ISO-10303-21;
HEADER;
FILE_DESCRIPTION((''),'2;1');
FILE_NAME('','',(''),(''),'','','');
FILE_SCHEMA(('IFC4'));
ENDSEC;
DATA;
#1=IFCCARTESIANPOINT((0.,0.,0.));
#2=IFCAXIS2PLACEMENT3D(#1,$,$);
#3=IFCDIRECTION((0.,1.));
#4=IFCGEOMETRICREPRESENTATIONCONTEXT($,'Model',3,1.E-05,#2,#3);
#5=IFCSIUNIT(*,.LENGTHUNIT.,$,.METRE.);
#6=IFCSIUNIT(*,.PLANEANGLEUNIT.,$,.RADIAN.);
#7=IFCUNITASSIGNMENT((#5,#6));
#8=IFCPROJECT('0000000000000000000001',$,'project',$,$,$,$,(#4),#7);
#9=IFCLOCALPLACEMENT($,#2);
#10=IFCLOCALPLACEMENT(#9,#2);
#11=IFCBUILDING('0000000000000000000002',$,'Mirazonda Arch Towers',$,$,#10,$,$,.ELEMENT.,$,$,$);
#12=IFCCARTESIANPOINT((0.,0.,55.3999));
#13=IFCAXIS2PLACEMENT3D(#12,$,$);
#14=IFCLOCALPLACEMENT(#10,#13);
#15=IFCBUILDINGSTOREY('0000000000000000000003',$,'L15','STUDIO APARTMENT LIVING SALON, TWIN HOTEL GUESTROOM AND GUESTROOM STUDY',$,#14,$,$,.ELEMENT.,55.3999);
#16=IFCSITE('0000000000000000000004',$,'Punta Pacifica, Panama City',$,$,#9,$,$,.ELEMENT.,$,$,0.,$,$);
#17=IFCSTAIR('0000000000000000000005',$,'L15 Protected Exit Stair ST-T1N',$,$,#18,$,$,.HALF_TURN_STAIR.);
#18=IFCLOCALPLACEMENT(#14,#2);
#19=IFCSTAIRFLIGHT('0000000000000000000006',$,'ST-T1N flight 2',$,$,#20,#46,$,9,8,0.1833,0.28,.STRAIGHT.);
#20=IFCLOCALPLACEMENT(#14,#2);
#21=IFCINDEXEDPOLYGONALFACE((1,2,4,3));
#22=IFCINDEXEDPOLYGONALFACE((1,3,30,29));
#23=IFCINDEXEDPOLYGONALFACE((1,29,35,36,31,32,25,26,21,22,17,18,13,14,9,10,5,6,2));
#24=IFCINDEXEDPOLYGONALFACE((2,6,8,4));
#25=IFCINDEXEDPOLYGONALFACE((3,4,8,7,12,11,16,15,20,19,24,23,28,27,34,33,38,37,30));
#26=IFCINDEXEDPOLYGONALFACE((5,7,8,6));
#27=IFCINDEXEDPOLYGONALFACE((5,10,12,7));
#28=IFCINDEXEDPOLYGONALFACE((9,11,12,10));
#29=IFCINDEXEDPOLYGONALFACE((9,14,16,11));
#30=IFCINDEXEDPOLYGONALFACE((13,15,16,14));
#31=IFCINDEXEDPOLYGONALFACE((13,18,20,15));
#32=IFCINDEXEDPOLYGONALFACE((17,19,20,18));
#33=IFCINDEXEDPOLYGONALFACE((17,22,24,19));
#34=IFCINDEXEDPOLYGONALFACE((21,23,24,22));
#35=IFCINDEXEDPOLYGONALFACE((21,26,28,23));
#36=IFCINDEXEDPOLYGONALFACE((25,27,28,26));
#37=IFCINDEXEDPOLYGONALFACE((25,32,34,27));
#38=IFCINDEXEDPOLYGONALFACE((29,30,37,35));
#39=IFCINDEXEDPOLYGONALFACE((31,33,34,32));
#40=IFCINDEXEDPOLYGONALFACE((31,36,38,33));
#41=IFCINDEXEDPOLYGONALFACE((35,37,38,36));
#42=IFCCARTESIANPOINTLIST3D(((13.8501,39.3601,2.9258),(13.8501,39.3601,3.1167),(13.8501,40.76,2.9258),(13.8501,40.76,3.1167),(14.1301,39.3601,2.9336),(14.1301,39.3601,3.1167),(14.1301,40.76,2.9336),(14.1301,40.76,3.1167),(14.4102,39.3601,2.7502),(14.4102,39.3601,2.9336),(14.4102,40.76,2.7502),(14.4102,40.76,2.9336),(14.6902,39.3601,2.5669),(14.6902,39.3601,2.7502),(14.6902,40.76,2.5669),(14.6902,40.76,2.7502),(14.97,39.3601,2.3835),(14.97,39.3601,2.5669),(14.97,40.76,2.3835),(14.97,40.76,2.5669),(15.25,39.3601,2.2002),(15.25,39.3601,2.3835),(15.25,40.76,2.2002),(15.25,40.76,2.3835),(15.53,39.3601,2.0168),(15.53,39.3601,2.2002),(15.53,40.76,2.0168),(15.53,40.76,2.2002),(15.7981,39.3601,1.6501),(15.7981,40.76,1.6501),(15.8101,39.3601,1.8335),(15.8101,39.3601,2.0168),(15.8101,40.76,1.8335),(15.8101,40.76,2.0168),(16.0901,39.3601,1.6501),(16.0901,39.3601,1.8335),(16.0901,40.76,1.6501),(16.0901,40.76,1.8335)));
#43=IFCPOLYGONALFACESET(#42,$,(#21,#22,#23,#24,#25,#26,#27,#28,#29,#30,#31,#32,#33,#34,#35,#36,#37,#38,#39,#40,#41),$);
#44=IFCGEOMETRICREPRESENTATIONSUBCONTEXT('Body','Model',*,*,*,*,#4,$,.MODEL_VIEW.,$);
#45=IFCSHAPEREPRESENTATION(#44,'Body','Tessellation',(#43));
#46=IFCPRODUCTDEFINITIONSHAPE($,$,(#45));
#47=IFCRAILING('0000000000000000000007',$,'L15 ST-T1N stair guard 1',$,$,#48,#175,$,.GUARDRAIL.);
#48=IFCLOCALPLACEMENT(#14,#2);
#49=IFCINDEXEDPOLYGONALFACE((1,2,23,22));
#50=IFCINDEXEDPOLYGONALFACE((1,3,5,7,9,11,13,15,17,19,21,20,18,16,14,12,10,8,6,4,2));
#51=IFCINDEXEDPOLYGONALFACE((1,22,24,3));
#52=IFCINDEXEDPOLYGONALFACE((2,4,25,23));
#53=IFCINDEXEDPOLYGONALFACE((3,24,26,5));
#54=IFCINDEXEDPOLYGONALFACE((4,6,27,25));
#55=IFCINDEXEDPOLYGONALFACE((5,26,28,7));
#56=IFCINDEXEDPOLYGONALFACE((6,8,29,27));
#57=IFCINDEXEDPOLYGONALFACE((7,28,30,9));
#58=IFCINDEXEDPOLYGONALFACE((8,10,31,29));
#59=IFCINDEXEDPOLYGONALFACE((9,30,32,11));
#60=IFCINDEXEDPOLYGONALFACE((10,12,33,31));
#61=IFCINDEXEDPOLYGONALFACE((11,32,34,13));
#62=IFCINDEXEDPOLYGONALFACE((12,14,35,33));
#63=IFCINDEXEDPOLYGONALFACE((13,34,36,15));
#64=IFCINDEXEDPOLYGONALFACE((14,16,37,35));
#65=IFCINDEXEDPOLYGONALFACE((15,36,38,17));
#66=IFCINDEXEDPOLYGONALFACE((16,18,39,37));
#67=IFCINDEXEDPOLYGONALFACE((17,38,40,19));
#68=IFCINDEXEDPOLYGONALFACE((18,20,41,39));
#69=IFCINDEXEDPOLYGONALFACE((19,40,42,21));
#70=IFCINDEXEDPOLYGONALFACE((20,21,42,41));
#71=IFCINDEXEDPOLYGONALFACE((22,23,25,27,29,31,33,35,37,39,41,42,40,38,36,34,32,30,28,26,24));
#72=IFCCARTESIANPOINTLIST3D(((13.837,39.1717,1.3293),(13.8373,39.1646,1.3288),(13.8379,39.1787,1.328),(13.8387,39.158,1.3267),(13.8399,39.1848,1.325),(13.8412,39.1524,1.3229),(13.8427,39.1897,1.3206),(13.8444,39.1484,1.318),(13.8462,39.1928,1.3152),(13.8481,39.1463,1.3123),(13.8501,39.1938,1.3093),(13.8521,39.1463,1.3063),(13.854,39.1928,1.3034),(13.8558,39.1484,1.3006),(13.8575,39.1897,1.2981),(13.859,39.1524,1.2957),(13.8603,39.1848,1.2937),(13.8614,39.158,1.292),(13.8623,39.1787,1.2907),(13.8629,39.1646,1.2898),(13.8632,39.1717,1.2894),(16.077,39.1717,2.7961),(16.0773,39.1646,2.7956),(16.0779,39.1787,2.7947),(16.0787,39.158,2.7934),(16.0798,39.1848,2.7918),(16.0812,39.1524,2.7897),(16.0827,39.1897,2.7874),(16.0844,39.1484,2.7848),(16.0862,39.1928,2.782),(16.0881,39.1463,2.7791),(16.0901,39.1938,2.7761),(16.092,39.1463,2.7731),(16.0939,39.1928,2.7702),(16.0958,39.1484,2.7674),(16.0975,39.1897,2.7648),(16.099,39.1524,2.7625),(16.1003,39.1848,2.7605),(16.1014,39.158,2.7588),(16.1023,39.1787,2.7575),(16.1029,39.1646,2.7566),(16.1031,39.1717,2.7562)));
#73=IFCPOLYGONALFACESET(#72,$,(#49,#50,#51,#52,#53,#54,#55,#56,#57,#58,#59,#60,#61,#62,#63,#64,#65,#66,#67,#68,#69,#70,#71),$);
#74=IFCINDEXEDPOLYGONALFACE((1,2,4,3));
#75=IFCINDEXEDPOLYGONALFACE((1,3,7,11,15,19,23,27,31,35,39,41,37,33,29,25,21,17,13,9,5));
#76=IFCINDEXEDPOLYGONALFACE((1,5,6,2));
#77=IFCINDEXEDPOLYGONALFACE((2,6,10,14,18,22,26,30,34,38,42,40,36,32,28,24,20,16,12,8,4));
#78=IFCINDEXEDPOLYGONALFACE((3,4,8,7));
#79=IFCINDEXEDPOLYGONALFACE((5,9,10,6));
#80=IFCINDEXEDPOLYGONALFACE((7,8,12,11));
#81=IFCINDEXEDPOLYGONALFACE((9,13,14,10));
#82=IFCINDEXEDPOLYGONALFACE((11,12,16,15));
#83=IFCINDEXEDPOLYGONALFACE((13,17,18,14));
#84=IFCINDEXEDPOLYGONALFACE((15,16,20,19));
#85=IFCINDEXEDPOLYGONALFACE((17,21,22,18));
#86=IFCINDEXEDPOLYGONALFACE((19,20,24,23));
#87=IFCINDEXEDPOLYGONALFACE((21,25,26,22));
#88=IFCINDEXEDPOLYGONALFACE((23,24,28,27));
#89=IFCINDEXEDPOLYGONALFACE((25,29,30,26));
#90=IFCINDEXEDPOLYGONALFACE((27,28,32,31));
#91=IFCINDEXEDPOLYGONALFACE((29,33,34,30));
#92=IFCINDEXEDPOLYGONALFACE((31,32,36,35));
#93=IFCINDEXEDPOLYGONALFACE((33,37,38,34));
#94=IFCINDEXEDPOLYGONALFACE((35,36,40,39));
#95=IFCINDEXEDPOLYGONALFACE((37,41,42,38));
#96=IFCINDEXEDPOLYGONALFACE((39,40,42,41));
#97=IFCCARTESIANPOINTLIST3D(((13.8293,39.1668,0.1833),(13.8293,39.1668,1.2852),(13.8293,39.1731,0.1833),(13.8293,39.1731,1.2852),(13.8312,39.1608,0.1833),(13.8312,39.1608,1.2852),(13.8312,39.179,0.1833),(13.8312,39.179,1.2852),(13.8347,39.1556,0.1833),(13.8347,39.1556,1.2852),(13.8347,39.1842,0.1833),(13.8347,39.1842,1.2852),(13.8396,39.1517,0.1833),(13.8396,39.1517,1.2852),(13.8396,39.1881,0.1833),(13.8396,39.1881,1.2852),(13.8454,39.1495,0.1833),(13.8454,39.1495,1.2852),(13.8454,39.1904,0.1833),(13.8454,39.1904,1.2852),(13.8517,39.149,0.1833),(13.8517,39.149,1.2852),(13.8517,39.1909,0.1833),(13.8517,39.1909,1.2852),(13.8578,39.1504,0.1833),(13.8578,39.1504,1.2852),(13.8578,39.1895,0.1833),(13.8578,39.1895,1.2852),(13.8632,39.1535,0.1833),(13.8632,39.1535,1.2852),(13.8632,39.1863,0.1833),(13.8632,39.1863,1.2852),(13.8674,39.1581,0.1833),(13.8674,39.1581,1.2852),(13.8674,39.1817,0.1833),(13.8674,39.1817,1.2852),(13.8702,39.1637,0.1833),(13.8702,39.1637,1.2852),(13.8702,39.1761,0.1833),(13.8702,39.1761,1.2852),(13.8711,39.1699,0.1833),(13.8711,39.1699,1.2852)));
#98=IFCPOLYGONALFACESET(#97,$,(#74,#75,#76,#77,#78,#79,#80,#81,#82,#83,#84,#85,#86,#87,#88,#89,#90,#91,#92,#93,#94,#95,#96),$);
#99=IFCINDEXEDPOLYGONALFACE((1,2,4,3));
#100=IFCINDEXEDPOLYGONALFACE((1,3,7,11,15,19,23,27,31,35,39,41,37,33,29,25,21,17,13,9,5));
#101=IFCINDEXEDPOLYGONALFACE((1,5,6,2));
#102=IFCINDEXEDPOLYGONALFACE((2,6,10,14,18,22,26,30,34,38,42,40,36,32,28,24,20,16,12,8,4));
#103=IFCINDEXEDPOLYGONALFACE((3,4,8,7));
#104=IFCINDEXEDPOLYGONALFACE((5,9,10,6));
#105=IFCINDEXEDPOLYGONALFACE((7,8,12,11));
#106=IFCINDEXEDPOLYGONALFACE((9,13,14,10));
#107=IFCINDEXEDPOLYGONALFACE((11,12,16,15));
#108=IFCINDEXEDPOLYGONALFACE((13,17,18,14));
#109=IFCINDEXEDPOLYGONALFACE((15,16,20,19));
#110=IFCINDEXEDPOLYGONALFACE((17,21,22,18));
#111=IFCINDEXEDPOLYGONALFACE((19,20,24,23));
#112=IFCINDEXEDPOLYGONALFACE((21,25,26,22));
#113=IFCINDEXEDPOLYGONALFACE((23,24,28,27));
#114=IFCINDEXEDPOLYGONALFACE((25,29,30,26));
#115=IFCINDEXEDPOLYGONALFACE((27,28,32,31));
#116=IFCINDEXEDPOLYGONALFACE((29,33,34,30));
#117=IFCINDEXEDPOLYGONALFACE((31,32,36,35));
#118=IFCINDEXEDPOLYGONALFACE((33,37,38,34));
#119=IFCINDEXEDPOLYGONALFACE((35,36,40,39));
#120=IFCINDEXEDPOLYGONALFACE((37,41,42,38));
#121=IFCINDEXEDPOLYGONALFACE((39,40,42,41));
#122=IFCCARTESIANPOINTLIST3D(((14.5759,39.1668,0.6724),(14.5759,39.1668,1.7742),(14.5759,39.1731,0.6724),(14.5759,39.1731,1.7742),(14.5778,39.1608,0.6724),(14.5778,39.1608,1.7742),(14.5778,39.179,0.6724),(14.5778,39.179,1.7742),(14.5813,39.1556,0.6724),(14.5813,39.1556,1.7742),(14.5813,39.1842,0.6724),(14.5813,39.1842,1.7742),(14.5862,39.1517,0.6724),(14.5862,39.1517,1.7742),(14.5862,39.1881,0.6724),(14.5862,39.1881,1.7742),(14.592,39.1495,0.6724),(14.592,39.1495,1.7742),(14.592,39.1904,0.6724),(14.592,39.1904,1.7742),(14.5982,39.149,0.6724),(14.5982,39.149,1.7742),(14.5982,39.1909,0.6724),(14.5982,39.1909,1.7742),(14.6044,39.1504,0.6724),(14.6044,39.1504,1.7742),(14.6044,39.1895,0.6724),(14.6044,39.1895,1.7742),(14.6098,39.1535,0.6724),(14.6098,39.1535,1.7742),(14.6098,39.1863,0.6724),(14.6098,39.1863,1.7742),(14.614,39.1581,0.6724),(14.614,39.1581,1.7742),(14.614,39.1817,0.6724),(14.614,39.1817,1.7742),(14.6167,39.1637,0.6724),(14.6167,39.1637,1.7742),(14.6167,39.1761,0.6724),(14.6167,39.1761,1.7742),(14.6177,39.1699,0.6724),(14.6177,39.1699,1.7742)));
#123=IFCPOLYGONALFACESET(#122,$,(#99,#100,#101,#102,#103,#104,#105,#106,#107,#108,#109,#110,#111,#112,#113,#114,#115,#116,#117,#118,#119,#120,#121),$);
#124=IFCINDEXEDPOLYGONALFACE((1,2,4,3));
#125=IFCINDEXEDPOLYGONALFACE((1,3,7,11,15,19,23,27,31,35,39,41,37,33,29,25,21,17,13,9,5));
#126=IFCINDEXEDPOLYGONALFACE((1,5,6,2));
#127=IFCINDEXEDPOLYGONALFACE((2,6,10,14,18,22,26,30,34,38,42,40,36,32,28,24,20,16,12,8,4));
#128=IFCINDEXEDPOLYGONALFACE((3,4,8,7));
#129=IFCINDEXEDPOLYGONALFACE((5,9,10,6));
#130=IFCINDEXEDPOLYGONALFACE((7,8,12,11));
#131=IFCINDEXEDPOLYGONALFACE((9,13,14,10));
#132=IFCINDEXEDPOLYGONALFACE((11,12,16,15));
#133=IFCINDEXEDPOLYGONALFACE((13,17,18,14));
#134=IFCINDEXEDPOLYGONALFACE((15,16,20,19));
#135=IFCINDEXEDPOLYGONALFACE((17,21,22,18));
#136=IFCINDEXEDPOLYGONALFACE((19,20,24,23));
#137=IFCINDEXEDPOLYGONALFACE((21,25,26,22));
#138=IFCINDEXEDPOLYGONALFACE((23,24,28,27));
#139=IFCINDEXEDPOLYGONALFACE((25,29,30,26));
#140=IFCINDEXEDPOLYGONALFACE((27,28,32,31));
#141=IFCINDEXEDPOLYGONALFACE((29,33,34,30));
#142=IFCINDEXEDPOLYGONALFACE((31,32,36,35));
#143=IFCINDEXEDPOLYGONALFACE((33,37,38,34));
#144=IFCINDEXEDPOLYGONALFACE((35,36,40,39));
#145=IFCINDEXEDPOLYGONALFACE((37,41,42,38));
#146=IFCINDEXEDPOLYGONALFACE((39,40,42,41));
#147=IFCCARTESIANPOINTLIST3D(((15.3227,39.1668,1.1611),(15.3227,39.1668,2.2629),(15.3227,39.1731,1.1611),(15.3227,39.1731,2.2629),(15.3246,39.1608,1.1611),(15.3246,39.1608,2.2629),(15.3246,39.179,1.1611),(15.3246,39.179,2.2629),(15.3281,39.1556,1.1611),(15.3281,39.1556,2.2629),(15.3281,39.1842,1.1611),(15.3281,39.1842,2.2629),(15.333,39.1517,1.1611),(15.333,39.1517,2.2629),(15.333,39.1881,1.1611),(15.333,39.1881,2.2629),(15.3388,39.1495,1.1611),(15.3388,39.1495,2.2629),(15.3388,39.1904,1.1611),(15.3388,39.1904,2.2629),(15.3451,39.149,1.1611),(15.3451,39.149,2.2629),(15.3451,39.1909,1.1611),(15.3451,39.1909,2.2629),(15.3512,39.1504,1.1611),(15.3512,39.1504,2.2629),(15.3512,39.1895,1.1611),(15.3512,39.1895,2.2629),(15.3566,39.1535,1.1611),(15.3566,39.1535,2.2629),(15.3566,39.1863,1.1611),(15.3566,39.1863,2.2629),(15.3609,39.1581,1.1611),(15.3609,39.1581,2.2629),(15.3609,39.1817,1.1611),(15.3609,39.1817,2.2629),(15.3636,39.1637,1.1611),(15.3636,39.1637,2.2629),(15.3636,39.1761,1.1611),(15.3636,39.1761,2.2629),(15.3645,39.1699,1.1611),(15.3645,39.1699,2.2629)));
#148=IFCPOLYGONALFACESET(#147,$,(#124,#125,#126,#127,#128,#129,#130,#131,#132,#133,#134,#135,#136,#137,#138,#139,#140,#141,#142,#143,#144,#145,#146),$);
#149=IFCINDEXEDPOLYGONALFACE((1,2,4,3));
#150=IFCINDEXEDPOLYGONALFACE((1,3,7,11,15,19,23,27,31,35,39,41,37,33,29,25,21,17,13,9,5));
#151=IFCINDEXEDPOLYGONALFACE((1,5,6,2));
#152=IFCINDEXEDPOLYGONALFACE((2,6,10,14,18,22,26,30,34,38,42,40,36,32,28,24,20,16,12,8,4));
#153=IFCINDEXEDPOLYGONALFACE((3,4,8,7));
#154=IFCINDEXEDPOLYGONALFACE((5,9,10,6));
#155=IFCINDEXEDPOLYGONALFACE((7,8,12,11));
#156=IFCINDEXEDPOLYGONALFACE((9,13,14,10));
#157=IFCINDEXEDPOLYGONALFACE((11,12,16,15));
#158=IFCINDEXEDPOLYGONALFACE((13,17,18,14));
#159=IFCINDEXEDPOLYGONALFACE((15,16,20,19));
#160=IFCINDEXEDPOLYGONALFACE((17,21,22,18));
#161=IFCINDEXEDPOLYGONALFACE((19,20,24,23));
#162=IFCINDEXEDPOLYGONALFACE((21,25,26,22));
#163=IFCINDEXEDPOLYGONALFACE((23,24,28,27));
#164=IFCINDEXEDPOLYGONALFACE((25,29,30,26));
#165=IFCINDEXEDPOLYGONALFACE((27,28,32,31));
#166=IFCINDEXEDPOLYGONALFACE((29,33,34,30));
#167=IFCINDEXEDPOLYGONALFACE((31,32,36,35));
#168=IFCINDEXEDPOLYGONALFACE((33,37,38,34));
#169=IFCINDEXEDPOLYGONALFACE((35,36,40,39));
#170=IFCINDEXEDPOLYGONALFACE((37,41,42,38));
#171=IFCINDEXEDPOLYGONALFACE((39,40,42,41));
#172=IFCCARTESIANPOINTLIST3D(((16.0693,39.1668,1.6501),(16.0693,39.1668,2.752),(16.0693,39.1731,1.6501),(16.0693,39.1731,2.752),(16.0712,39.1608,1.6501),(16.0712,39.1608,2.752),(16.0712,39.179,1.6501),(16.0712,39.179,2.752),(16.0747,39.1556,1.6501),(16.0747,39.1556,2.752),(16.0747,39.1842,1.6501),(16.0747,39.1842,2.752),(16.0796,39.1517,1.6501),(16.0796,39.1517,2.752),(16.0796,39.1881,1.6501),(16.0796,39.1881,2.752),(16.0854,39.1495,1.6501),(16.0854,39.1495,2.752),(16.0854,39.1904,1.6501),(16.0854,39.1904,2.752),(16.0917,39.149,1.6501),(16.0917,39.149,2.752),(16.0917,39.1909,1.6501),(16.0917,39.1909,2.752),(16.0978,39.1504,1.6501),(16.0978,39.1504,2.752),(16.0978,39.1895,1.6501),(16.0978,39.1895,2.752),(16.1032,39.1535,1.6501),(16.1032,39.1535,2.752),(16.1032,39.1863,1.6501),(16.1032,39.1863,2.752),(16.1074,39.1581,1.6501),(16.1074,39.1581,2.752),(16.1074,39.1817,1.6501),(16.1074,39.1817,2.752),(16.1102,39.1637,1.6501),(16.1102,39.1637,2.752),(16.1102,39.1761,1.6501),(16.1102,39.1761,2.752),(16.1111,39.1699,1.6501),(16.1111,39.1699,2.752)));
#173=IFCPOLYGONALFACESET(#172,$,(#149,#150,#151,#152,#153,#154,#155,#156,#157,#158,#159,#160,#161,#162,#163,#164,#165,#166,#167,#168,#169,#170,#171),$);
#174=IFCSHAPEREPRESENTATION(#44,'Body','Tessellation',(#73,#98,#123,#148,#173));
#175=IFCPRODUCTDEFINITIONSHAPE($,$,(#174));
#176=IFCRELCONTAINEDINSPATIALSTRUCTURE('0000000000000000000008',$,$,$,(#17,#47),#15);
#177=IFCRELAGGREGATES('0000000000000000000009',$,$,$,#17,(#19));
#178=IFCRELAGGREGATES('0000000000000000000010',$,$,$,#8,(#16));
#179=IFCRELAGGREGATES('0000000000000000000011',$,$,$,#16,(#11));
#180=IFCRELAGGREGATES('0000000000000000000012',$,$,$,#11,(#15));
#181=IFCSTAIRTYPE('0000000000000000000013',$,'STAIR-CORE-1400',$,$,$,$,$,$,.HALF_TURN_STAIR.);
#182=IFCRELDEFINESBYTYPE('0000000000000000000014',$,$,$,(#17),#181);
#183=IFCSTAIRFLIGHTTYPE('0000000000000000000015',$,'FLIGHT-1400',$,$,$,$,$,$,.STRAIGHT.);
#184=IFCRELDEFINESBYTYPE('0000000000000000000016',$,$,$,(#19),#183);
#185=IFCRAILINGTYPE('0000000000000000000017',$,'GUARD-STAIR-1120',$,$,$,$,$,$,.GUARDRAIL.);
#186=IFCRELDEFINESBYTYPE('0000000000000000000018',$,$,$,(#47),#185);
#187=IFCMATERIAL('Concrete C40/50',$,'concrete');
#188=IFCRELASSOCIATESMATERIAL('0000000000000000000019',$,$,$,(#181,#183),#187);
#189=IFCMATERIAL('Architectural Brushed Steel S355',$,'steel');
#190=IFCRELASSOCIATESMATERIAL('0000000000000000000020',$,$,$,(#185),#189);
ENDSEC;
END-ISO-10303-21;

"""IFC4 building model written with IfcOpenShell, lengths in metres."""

from ifc_helpers import new_model, si_unit, direction, frame, origin, origin_2d, place, context, subcontext, project, spatial, polyline, circle, outline, extrude, material, type_object, element, aggregate, save


model = new_model("IFC4")

# Units and contexts
model_context = context("Model", 3, precision=1e-05, world=origin(), true_north=direction((0.0, 1.0)))
body_context = subcontext(model_context, "Body", "Model", "MODEL_VIEW")
ifc_project = project(units=[si_unit("LENGTHUNIT", "METRE"), si_unit("PLANEANGLEUNIT", "RADIAN")], contexts=[model_context])

# Site, building, storey
site_placement = place(None, origin())
site = spatial("IfcSite", under=ifc_project, at=site_placement, Name="Punta Pacifica, Panama City", CompositionType="ELEMENT", RefElevation=0.0)
building_placement = place(site_placement, origin())
building = spatial("IfcBuilding", under=site, at=building_placement, Name="Mirazonda Arch Towers", CompositionType="ELEMENT")
storey_placement = place(building_placement, frame((0.0, 0.0, 55.3999)))
storey = spatial("IfcBuildingStorey", under=building, at=storey_placement, Name="L15", Description="STUDIO APARTMENT LIVING SALON, TWIN HOTEL GUESTROOM AND GUESTROOM STUDY", CompositionType="ELEMENT", Elevation=55.3999)

# Shared definitions
ifc_material_1 = material(Name="Architectural Brushed Steel S355", Category="steel")

# Shared definitions
ifc_material_2 = material(Name="Concrete C40/50", Category="concrete")

# Stair, stair flight
stair_type = type_object("IfcStairType", Name="STAIR-CORE-1400", PredefinedType="HALF_TURN_STAIR", material=ifc_material_2)
stair_placement = place(storey_placement, origin())
stair = element("IfcStair", 1, at=stair_placement, inside=storey, type_object=stair_type, Name="L15 Protected Exit Stair ST-T1N", PredefinedType="HALF_TURN_STAIR")
stair_flight_type = type_object("IfcStairFlightType", Name="FLIGHT-1400", PredefinedType="STRAIGHT", material=ifc_material_2)
stair_flight_placement = place(storey_placement, frame((16.0901, 40.0601, 1.6501), z_axis=(0.0, 0.0, 1.0), x_axis=(-1.0, 0.0, 0.0)))
stair_flight = element("IfcStairFlight", 2, at=stair_flight_placement, type_object=stair_flight_type, Name="ST-T1N flight 2", NumberOfRisers=9, NumberOfTreads=8, PredefinedType="STRAIGHT", RiserHeight=0.1833, TreadLength=0.28, context=body_context, shape_type="SweptSolid", body=[
    extrude(outline(polyline([(0.0, 0.0), (0.0, 0.1833), (0.28, 0.1833), (0.28, 0.3667), (0.5601, 0.3667), (0.5601, 0.55), (0.8401, 0.55), (0.8401, 0.7334), (1.1201, 0.7334), (1.1201, 0.9167), (1.3999, 0.9167), (1.3999, 1.1001), (1.6799, 1.1001), (1.6799, 1.2834), (1.96, 1.2834), (1.96, 1.4666), (2.24, 1.4666), (2.24, 1.6499), (2.24, 1.2756), (0.292, 0.0), (0.0, 0.0)])), frame((0.0, 0.7, 0.0), z_axis=(0.0, -1.0, 0.0), x_axis=(1.0, 0.0, 0.0)), (0.0, 0.0, 1.0), 1.3999),
])
aggregate(stair, [stair_flight])

# Railing
railing_type_1 = type_object("IfcRailingType", Name="GUARD-STAIR-1120", PredefinedType="GUARDRAIL", material=ifc_material_1)
railing_1_placement = place(storey_placement, frame((13.8501, 39.1699, 0.1833)))
element("IfcRailing", 3, at=railing_1_placement, inside=storey, type_object=railing_type_1, Name="L15 ST-T1N stair guard 1", PredefinedType="GUARDRAIL", context=body_context, shape_type="SweptSolid", body=[
    extrude(circle(Radius=0.0239, at=origin_2d()), frame((0.0, 0.0, 1.126), z_axis=(0.836595, 0.0, 0.547822), x_axis=(0.0, 1.0, 0.0)), (0.0, 0.0, 1.0), 2.6775),
    extrude(circle(Radius=0.021, at=origin_2d()), origin(), (0.0, 0.0, 1.0), 1.1018),
    extrude(circle(Radius=0.021, at=origin_2d()), frame((0.7466, 0.0, 0.489)), (0.0, 0.0, 1.0), 1.1018),
    extrude(circle(Radius=0.021, at=origin_2d()), frame((1.4934, 0.0, 0.9778)), (0.0, 0.0, 1.0), 1.1018),
    extrude(circle(Radius=0.021, at=origin_2d()), frame((2.24, 0.0, 1.4668)), (0.0, 0.0, 1.0), 1.1018),
])

save(model, "model.ifc")
